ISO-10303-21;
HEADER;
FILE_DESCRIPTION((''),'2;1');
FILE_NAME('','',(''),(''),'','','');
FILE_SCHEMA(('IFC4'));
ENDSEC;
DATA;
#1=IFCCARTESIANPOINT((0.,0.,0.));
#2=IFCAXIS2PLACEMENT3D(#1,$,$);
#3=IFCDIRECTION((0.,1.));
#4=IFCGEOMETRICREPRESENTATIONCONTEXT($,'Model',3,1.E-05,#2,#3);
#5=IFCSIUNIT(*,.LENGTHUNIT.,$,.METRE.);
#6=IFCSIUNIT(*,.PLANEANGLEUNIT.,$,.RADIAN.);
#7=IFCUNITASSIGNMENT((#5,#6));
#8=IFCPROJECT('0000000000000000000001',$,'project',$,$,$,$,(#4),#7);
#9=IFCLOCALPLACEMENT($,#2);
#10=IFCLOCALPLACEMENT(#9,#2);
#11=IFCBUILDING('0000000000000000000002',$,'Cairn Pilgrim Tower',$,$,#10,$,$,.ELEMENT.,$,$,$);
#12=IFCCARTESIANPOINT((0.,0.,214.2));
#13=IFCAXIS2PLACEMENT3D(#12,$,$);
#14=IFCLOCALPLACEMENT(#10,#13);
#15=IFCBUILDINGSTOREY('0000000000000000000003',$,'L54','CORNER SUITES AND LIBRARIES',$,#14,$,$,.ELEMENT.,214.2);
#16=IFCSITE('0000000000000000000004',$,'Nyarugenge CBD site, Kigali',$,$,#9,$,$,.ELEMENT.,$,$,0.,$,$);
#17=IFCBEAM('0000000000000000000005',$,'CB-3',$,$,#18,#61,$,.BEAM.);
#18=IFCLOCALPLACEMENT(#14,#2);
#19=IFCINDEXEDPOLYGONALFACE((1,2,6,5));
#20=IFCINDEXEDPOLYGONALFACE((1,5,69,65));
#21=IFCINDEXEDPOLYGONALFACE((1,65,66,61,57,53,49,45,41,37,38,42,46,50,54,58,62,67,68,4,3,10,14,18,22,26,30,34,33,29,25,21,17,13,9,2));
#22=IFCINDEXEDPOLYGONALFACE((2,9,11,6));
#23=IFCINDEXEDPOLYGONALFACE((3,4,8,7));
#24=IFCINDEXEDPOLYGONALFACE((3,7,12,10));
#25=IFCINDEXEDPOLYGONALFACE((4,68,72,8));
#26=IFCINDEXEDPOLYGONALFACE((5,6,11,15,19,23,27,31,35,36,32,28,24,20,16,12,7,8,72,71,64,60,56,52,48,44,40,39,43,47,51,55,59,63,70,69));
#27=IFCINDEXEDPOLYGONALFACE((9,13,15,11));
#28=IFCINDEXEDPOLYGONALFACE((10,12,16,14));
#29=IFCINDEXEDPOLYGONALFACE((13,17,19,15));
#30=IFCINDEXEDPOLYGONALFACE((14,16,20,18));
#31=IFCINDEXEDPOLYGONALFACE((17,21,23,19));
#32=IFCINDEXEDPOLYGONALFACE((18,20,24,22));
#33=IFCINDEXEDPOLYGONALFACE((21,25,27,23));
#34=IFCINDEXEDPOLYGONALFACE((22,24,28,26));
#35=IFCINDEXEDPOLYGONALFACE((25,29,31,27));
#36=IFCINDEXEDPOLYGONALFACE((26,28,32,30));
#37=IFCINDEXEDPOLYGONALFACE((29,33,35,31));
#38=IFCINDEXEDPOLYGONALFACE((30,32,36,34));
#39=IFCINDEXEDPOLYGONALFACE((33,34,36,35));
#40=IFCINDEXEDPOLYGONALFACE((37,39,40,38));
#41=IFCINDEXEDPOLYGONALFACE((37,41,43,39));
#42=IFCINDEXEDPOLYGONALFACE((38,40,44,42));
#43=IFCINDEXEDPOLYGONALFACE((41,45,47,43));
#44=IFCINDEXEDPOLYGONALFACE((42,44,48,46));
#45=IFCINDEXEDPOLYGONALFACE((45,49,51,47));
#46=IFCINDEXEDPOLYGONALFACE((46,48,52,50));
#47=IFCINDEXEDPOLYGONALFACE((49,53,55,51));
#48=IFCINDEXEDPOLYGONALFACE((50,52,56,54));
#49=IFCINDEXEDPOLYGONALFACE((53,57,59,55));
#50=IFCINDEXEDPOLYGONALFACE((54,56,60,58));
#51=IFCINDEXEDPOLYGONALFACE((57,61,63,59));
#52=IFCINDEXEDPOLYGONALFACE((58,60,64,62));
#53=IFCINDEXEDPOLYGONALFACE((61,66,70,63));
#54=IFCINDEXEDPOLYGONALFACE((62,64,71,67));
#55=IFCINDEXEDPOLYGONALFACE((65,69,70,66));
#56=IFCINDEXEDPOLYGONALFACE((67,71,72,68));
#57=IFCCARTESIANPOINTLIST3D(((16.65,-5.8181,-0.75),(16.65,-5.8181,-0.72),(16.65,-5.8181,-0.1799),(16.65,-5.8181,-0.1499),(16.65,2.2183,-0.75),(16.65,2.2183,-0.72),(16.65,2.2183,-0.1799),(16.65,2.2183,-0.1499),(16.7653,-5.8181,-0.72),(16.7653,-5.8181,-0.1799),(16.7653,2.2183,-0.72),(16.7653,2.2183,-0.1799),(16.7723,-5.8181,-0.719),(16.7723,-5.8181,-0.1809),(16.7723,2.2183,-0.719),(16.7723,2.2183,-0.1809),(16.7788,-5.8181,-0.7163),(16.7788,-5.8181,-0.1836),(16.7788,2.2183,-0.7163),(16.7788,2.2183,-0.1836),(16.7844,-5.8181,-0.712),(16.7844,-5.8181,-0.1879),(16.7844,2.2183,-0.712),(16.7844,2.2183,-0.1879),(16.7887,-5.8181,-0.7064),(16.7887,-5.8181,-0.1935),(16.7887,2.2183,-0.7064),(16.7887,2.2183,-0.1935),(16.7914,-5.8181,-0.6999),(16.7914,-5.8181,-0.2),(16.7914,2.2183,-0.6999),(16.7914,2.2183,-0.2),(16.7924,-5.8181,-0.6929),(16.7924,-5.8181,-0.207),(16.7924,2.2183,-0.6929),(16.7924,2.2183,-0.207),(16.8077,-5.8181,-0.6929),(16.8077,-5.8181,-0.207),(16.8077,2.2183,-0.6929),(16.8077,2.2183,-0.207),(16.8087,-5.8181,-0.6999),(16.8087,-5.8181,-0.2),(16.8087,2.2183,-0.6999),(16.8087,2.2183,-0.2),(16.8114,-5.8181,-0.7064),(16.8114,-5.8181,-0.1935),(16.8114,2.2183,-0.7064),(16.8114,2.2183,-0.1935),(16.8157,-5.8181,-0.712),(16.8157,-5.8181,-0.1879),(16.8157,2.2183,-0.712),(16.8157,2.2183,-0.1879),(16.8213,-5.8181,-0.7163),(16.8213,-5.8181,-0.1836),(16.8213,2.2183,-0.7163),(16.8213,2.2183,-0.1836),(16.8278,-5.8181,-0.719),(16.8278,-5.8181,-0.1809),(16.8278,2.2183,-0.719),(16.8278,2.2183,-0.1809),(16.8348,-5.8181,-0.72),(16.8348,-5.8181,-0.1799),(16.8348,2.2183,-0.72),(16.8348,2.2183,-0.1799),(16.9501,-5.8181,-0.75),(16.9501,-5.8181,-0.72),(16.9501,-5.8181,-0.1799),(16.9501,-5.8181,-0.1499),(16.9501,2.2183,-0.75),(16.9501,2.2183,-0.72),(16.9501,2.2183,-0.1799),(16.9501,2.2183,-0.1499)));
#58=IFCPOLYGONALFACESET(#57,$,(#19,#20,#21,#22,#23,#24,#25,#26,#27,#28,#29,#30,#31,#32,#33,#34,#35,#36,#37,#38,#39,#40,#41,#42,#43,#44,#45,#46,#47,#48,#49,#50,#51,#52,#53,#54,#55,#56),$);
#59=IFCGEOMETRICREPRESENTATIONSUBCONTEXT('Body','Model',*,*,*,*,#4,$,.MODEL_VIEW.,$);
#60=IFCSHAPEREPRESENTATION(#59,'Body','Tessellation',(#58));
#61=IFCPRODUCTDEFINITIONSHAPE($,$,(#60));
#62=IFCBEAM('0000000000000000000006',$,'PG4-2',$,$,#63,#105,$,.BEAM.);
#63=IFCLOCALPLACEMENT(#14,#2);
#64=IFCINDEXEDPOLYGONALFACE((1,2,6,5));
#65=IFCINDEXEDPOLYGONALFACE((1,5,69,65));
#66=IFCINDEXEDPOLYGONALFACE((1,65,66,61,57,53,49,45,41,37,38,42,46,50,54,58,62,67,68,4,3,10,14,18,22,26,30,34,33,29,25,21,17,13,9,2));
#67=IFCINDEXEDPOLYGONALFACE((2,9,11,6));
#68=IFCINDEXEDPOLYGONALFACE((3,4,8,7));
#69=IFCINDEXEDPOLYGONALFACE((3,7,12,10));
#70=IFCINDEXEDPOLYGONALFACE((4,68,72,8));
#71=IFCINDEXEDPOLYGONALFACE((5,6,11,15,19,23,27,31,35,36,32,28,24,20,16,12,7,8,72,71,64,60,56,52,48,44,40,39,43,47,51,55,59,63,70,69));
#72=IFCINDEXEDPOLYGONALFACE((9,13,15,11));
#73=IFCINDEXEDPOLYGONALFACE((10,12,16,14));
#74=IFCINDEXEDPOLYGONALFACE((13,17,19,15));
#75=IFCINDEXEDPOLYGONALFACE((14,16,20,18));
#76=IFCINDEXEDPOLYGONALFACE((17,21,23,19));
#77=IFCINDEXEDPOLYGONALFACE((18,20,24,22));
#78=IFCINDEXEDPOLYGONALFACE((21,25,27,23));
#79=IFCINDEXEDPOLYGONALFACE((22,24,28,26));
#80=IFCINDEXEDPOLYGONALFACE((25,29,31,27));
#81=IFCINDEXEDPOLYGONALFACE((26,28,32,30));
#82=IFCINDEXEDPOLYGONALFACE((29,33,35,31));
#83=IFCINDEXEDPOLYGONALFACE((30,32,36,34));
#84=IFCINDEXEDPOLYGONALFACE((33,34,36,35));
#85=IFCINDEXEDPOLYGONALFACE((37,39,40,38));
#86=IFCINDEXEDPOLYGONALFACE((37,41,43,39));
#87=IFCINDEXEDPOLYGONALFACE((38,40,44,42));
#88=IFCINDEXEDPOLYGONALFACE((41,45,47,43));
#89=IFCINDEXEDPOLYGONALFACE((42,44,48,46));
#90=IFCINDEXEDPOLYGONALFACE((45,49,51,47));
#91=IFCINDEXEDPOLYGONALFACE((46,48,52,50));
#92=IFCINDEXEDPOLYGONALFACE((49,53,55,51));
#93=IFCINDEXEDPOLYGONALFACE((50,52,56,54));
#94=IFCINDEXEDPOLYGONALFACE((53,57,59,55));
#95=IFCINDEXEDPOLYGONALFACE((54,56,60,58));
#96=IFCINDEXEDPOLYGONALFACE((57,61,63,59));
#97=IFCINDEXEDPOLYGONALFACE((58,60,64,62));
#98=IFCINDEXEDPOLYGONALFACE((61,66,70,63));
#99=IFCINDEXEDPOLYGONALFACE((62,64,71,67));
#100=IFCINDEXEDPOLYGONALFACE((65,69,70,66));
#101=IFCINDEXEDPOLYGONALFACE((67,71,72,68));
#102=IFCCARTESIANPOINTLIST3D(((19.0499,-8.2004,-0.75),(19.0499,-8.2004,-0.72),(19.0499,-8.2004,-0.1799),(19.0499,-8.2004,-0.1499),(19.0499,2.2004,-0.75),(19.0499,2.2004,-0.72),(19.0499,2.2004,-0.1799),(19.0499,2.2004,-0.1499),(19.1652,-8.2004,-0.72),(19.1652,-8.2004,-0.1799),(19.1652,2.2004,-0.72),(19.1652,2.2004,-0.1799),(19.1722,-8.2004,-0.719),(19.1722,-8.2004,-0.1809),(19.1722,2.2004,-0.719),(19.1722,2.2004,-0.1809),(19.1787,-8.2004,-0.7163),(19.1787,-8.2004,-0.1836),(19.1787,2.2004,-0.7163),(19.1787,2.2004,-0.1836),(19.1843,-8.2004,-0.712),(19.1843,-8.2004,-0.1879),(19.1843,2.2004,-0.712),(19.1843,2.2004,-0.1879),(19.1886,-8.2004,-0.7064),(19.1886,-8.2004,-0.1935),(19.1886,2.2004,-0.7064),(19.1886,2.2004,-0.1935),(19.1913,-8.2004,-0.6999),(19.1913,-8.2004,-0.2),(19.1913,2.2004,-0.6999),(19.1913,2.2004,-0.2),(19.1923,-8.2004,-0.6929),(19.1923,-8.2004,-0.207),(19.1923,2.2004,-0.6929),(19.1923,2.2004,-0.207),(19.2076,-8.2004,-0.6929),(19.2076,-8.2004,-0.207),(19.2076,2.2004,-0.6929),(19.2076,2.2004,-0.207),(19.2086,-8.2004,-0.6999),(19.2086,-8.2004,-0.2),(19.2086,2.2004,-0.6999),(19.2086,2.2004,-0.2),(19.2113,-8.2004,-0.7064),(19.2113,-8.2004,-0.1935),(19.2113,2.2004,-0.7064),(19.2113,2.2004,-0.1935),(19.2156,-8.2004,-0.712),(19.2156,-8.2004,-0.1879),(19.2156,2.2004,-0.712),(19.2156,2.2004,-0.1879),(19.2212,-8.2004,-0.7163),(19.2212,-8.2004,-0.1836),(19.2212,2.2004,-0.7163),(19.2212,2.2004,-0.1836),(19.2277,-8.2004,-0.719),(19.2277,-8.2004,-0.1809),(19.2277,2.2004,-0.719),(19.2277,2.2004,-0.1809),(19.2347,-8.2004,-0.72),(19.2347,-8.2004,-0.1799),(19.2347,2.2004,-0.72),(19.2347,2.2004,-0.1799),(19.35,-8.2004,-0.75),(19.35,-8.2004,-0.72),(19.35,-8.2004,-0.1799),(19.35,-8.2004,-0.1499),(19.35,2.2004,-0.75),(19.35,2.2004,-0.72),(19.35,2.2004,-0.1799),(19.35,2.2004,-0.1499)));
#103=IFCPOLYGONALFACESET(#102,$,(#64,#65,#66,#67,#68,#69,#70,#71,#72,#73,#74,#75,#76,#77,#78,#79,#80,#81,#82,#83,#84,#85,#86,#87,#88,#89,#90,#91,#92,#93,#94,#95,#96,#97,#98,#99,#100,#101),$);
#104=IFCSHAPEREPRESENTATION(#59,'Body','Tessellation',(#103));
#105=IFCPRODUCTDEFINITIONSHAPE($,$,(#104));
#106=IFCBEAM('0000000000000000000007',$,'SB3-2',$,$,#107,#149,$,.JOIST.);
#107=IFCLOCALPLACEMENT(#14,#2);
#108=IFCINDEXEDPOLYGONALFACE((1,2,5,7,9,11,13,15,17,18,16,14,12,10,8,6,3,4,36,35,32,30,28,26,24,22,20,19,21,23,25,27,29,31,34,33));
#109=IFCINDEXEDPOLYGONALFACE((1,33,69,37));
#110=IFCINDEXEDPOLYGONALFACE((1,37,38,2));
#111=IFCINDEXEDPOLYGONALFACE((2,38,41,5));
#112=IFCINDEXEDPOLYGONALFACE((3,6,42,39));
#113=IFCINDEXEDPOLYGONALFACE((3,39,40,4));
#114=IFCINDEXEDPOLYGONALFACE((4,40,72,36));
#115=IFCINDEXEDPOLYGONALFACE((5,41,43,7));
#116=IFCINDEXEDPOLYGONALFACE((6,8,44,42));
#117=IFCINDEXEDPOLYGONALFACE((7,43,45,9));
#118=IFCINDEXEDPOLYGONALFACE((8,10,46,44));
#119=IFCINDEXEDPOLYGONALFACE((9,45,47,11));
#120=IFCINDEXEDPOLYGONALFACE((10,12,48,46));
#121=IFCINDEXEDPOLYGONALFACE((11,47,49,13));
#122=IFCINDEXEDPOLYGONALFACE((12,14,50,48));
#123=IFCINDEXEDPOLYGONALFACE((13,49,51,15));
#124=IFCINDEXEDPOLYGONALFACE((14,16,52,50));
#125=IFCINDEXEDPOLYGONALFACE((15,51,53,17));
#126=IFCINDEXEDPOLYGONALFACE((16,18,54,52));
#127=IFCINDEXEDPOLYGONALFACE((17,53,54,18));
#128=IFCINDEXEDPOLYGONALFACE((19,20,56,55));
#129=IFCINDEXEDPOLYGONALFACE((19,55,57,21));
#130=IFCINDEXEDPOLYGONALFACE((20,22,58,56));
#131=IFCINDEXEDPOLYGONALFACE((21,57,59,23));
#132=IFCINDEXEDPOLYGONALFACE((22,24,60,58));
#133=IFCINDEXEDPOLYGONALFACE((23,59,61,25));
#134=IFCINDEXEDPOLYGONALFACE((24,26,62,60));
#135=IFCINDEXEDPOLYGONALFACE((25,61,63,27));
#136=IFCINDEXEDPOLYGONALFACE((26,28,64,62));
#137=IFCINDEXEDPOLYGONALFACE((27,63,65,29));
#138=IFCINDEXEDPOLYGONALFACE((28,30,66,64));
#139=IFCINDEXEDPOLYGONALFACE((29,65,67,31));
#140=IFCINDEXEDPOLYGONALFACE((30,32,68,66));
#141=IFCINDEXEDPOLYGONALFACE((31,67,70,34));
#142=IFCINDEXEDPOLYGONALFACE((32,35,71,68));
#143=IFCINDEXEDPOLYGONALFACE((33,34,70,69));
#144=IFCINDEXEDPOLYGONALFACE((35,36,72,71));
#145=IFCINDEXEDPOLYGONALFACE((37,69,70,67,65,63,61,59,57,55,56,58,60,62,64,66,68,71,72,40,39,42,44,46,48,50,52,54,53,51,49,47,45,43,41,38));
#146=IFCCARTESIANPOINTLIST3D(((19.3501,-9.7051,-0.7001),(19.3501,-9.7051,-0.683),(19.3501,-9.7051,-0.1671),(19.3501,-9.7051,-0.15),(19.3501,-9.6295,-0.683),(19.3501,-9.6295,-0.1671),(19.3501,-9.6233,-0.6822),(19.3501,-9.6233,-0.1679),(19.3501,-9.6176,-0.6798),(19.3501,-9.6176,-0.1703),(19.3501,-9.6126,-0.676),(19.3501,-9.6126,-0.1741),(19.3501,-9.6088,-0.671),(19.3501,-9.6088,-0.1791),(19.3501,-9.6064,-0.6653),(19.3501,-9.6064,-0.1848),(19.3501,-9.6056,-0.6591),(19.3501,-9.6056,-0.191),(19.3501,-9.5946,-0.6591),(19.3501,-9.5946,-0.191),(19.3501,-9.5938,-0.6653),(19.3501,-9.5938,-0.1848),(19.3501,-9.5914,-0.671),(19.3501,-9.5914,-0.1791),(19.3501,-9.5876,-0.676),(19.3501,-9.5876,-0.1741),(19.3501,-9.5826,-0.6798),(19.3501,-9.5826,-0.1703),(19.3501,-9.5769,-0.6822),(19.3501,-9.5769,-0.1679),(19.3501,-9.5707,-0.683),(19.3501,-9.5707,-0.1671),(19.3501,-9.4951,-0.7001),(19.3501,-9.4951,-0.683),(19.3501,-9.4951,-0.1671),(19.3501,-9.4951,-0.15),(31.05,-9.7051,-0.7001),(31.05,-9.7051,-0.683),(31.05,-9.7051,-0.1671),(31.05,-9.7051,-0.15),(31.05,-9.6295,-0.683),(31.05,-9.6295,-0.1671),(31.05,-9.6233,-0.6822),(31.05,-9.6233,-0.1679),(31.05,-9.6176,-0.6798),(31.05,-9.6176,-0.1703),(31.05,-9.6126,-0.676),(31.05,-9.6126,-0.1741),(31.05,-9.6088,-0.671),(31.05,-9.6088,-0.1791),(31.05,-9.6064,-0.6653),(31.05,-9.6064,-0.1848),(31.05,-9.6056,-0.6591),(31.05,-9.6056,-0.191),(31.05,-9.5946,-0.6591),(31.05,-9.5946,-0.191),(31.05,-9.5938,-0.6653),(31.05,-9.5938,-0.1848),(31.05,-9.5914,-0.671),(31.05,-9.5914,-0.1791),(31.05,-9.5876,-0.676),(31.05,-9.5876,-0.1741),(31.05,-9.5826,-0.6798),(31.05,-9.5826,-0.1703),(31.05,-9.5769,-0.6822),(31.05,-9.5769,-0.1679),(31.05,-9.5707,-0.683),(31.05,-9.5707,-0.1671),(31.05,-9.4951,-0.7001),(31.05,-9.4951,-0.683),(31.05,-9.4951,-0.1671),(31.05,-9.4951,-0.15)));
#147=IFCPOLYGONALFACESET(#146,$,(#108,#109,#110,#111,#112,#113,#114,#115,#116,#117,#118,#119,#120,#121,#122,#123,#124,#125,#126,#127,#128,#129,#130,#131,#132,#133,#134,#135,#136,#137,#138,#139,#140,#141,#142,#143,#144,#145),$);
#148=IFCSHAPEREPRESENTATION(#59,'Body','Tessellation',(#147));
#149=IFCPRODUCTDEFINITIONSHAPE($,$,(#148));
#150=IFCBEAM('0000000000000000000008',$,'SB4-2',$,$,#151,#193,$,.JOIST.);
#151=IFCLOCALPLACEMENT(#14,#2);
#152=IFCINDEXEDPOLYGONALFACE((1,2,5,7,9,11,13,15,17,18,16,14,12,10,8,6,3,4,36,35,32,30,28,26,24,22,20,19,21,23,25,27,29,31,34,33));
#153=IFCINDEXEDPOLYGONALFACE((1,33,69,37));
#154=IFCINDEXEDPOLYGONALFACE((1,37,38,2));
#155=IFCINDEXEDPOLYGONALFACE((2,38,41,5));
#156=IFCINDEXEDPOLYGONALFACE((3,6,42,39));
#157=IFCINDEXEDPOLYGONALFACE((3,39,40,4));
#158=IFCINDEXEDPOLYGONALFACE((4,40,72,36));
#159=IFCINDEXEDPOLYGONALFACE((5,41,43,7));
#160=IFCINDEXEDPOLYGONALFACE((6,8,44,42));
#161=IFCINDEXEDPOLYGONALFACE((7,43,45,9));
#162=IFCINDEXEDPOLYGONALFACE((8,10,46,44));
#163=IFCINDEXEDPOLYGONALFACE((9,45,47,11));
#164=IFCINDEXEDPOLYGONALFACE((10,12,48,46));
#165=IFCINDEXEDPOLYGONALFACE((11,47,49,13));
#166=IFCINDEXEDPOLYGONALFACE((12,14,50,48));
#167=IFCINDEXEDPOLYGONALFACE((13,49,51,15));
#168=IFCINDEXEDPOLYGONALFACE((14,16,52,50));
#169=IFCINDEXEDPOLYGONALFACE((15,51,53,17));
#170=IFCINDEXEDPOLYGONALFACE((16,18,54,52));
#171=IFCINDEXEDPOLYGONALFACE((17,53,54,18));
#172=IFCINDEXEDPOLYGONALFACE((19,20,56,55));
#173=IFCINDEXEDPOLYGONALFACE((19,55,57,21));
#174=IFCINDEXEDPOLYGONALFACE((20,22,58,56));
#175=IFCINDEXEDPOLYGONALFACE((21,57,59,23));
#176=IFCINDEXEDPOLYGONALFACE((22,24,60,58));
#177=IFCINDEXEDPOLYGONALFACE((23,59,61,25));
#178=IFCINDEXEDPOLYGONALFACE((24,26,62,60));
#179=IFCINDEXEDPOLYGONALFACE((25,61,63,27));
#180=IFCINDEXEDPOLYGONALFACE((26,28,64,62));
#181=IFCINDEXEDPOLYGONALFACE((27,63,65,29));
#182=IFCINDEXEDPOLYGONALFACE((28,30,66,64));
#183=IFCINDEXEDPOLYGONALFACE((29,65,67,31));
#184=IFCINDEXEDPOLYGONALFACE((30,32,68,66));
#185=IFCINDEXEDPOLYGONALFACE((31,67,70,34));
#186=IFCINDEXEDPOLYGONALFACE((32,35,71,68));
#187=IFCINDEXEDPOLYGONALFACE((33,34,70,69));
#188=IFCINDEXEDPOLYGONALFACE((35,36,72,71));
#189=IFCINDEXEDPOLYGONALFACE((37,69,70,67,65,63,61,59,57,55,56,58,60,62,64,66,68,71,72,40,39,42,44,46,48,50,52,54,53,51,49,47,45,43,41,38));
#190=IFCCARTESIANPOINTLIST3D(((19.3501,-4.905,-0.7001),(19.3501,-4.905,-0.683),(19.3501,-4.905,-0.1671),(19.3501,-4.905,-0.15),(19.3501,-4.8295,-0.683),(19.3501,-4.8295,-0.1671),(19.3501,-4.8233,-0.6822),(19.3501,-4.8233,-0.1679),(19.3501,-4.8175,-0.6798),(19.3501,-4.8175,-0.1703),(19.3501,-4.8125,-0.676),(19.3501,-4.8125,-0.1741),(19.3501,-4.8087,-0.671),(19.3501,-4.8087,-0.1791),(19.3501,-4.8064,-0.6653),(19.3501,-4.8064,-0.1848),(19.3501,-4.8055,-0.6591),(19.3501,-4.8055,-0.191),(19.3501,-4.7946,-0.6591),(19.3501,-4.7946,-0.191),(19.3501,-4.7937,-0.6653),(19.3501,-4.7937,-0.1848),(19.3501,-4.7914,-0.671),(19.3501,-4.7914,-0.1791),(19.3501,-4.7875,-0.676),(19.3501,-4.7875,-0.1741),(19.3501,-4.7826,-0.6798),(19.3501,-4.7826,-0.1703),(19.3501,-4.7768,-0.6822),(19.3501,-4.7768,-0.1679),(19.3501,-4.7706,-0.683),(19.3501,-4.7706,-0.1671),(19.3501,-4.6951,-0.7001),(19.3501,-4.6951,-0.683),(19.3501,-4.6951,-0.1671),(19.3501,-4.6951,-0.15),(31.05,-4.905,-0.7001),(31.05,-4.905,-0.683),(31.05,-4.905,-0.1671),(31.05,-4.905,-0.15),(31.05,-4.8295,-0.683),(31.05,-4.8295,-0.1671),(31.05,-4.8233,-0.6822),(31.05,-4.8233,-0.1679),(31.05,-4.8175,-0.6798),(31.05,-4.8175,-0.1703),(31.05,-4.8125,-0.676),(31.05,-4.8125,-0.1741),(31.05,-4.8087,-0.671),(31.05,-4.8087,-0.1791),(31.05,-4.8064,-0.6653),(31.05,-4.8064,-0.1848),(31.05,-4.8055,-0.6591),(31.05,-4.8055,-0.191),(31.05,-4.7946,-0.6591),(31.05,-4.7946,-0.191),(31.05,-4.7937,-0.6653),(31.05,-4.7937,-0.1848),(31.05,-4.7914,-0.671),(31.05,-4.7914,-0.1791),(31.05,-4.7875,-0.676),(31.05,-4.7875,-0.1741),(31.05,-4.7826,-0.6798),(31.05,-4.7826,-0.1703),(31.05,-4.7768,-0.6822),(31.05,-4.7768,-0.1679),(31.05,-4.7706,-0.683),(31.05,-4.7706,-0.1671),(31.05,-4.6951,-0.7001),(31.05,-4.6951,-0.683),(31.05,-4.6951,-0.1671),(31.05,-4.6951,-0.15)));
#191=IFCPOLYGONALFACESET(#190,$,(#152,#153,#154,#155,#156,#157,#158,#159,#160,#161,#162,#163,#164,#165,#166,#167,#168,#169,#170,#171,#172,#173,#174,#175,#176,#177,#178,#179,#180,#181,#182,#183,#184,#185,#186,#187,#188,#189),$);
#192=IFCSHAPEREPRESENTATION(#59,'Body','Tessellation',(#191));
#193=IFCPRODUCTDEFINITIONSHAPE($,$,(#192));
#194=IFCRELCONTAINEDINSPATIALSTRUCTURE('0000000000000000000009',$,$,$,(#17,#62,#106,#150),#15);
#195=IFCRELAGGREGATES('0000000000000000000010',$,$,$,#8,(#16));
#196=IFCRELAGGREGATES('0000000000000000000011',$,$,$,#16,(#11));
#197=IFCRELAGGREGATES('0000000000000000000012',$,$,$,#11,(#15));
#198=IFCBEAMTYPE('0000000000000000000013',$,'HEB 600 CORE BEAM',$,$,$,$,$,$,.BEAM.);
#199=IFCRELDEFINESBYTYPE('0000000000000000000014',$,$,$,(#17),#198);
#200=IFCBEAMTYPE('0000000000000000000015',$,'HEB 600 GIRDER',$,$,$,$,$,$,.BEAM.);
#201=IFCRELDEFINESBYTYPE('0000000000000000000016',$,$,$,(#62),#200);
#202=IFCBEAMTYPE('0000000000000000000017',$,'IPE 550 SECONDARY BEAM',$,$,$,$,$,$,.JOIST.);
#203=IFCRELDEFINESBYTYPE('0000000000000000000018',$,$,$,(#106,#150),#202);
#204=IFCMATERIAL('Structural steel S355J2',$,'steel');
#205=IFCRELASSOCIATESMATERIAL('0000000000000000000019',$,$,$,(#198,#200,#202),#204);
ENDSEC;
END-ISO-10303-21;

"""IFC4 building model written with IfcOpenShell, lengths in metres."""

from ifc_helpers import new_model, si_unit, direction, frame, origin, origin_2d, place, context, subcontext, project, spatial, i_section, extrude, material, material_profile, profile_set, type_object, element, save


model = new_model("IFC4")

# Units and contexts
model_context = context("Model", 3, precision=1e-05, world=origin(), true_north=direction((0.0, 1.0)))
body_context = subcontext(model_context, "Body", "Model", "MODEL_VIEW")
ifc_project = project(units=[si_unit("LENGTHUNIT", "METRE"), si_unit("PLANEANGLEUNIT", "RADIAN")], contexts=[model_context])

# Site, building, storey
site_placement = place(None, origin())
site = spatial("IfcSite", under=ifc_project, at=site_placement, Name="Nyarugenge CBD site, Kigali", CompositionType="ELEMENT", RefElevation=0.0)
building_placement = place(site_placement, origin())
building = spatial("IfcBuilding", under=site, at=building_placement, Name="Cairn Pilgrim Tower", CompositionType="ELEMENT")
storey_placement = place(building_placement, frame((0.0, 0.0, 214.2)))
storey = spatial("IfcBuildingStorey", under=building, at=storey_placement, Name="L54", Description="CORNER SUITES AND LIBRARIES", CompositionType="ELEMENT", Elevation=214.2)

# Shared definitions
ifc_material_1 = material(Name="Structural steel S355J2", Category="steel")

# Beams
ifc_material_profile_1 = material_profile(ifc_material_1, i_section(OverallWidth=0.3, OverallDepth=0.6001, WebThickness=0.0154, FlangeThickness=0.03, FilletRadius=0.0271, at=origin_2d()), Name="HEB 600")
ifc_profile_set_1 = profile_set([ifc_material_profile_1], Name="Structural steel S355J2")
beam_type_1 = type_object("IfcBeamType", Name="HEB 600 CORE BEAM", PredefinedType="BEAM", material=ifc_profile_set_1)
beam_1_placement = place(storey_placement, frame((16.8, -5.8181, -0.45), z_axis=(0.0, 1.0, 0.0), x_axis=(-1.0, 0.0, 0.0)))
element("IfcBeam", 1, at=beam_1_placement, inside=storey, type_object=beam_type_1, Name="CB-3", PredefinedType="BEAM", context=body_context, shape_type="SweptSolid", body=[
    extrude(i_section(OverallWidth=0.3, OverallDepth=0.6001, WebThickness=0.0154, FlangeThickness=0.03, FilletRadius=0.0271, at=origin_2d()), origin(), (0.0, 0.0, 1.0), 8.0364),
])
ifc_material_profile_2 = material_profile(ifc_material_1, i_section(OverallWidth=0.3, OverallDepth=0.6001, WebThickness=0.0154, FlangeThickness=0.03, FilletRadius=0.0271, at=origin_2d()), Name="HEB 600")
ifc_profile_set_2 = profile_set([ifc_material_profile_2], Name="Structural steel S355J2")
beam_type_2 = type_object("IfcBeamType", Name="HEB 600 GIRDER", PredefinedType="BEAM", material=ifc_profile_set_2)
beam_2_placement = place(storey_placement, frame((19.2, -8.2004, -0.45), z_axis=(0.0, 1.0, 0.0), x_axis=(-1.0, 0.0, 0.0)))
element("IfcBeam", 2, at=beam_2_placement, inside=storey, type_object=beam_type_2, Name="PG4-2", PredefinedType="BEAM", context=body_context, shape_type="SweptSolid", body=[
    extrude(i_section(OverallWidth=0.3, OverallDepth=0.6001, WebThickness=0.0154, FlangeThickness=0.03, FilletRadius=0.0271, at=origin_2d()), origin(), (0.0, 0.0, 1.0), 10.4009),
])
ifc_material_profile_3 = material_profile(ifc_material_1, i_section(OverallWidth=0.21, OverallDepth=0.55, WebThickness=0.011, FlangeThickness=0.0171, FilletRadius=0.0239, at=origin_2d()), Name="IPE 550")
ifc_profile_set_3 = profile_set([ifc_material_profile_3], Name="Structural steel S355J2")
beam_type_3 = type_object("IfcBeamType", Name="IPE 550 SECONDARY BEAM", PredefinedType="JOIST", material=ifc_profile_set_3)
for number, where, z_axis, x_axis, name in (
    (3, (19.3501, -9.6001, -0.425), (1.0, 0.0, 0.0), (0.0, 1.0, 0.0), "SB3-2"),
    (4, (19.3501, -4.8, -0.425), (1.0, 0.0, 0.0), (0.0, 1.0, 0.0), "SB4-2"),
):
    element("IfcBeam", number, at=place(storey_placement, frame(where, z_axis=z_axis, x_axis=x_axis)), inside=storey, type_object=beam_type_3, Name=name, PredefinedType="JOIST", context=body_context, shape_type="SweptSolid", body=[
        extrude(i_section(OverallWidth=0.21, OverallDepth=0.55, WebThickness=0.011, FlangeThickness=0.0171, FilletRadius=0.0239, at=origin_2d()), origin(), (0.0, 0.0, 1.0), 11.7),
    ])

save(model, "model.ifc")
